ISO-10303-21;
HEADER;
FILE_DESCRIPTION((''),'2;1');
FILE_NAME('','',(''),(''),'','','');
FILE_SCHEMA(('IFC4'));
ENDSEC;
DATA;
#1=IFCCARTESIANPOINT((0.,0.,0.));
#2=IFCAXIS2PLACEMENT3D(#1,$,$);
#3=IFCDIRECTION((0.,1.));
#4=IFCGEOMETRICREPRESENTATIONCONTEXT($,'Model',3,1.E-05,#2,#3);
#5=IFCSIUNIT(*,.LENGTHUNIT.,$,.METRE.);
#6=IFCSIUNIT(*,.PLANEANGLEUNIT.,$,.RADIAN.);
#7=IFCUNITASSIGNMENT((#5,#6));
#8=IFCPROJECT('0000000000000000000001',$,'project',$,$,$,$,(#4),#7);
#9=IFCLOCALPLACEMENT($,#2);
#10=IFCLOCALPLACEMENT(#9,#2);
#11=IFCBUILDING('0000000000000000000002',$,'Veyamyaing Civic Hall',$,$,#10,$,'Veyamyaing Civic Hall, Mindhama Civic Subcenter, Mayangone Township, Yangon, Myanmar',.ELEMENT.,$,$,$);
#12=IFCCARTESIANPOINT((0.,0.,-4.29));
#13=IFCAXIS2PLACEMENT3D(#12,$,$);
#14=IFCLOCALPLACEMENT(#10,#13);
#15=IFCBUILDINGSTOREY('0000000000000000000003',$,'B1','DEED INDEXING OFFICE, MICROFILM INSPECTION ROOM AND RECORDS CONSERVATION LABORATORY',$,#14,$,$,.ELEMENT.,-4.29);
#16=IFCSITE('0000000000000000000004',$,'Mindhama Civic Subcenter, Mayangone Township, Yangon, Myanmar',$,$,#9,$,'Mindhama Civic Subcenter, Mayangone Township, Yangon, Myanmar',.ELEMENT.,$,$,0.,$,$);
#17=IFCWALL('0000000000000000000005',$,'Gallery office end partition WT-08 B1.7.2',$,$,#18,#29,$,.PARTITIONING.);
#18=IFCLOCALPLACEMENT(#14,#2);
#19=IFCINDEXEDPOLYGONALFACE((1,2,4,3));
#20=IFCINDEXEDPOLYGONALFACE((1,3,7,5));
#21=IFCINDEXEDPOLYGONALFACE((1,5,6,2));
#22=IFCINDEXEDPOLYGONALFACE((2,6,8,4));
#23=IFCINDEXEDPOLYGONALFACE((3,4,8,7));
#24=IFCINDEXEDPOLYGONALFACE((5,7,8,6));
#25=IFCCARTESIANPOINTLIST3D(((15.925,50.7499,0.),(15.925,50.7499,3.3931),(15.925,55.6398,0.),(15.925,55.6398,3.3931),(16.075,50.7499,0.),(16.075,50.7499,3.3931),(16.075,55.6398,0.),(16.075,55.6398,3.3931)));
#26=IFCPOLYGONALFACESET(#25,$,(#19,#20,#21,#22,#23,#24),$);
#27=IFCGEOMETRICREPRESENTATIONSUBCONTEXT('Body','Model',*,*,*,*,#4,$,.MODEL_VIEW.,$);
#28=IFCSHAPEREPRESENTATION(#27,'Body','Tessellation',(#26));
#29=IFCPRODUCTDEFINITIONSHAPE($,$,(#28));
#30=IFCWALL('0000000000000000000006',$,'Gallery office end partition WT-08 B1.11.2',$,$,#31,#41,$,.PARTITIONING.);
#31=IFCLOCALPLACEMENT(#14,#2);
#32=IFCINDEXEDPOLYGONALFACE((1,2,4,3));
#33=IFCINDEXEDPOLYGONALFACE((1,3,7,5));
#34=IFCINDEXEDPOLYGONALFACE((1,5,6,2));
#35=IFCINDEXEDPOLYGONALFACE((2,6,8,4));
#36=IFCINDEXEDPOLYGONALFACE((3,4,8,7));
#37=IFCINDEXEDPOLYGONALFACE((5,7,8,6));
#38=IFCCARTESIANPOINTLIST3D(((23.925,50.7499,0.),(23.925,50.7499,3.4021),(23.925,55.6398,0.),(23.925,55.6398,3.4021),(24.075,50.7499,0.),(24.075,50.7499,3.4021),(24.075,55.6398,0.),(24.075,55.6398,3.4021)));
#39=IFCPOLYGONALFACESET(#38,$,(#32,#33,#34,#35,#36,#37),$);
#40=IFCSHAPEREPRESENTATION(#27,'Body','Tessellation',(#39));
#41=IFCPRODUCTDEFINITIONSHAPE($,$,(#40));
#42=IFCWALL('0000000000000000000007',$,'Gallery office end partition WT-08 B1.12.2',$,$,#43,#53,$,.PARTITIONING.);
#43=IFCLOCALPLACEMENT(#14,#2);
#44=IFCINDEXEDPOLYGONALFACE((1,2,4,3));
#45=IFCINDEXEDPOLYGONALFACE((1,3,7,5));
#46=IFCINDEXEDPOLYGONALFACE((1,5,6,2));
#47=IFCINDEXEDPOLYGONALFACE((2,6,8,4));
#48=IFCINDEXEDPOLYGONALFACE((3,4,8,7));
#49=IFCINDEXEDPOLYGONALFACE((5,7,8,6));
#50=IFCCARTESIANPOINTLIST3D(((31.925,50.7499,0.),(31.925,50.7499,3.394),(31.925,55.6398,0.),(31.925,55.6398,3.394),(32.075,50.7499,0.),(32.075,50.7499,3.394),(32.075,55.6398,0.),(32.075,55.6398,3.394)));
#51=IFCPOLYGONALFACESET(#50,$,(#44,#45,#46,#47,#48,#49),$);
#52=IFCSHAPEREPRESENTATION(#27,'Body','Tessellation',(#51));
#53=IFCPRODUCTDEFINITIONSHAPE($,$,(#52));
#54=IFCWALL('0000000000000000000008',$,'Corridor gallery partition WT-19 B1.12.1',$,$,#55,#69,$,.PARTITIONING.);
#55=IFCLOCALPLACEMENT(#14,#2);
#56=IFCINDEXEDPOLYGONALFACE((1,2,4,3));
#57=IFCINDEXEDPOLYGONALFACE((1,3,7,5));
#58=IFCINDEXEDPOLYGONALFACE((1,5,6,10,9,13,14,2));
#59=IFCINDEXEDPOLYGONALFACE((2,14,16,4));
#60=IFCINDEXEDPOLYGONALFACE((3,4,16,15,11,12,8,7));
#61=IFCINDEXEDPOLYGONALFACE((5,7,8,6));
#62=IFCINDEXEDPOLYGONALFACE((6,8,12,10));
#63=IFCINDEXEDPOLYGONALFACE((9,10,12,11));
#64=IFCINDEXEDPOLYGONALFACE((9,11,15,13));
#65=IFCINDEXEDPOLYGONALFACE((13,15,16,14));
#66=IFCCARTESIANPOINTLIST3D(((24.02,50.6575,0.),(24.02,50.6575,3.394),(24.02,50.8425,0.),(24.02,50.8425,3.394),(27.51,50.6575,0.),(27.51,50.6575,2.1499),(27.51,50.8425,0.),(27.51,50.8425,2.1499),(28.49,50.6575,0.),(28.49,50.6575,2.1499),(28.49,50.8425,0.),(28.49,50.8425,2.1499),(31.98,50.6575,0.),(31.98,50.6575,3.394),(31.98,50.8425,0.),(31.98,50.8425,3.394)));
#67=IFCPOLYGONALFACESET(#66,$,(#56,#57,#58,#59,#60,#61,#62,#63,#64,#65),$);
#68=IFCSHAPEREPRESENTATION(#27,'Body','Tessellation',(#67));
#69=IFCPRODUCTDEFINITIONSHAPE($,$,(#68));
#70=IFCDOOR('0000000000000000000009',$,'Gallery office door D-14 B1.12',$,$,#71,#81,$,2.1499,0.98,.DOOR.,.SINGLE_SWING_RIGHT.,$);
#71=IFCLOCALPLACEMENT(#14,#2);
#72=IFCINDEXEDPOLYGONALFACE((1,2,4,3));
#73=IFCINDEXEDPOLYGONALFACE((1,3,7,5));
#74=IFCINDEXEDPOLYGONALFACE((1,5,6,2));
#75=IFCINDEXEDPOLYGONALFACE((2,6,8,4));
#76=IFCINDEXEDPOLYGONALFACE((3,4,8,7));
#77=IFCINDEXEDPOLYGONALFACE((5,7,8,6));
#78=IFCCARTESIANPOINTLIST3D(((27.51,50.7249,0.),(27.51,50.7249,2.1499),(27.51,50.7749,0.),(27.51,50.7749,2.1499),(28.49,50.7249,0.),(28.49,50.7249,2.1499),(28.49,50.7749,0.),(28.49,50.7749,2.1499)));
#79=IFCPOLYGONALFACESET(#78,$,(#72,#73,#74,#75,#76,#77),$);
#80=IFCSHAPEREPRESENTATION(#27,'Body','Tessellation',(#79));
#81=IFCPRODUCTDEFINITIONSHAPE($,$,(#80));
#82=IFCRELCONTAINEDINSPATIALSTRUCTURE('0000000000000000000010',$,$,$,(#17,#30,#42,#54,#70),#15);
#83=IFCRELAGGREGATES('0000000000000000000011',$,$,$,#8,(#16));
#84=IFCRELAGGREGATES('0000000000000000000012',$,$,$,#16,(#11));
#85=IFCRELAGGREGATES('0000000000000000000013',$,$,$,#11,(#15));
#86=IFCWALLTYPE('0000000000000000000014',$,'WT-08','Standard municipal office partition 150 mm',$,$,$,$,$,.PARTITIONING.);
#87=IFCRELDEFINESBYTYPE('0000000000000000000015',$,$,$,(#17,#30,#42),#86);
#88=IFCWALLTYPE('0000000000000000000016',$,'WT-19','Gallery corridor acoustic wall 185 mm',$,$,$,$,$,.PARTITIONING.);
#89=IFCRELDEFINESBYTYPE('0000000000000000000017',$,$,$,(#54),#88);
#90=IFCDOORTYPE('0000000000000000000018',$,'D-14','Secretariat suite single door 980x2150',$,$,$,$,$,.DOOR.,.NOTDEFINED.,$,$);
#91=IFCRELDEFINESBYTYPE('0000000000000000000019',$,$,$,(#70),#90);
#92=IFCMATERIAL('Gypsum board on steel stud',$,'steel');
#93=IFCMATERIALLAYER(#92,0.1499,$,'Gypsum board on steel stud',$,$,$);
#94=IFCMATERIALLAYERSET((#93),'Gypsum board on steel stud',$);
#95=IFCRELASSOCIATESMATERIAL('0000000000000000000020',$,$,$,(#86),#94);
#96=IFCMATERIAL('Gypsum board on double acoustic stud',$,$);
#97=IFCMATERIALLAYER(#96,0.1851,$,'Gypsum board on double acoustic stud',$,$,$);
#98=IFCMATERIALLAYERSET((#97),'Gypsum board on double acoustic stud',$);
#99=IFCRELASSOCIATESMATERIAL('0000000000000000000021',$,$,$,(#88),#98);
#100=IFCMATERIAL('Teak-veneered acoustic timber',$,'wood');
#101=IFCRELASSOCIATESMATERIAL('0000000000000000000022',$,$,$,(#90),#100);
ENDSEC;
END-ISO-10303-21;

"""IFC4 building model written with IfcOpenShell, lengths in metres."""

from ifc_helpers import new_model, si_unit, direction, frame, frame_2d, origin, place, context, subcontext, project, spatial, rectangle, extrude, material, layer, layer_set, type_object, element, fill, save


model = new_model("IFC4")

# Units and contexts
model_context = context("Model", 3, precision=1e-05, world=origin(), true_north=direction((0.0, 1.0)))
body_context = subcontext(model_context, "Body", "Model", "MODEL_VIEW")
ifc_project = project(units=[si_unit("LENGTHUNIT", "METRE"), si_unit("PLANEANGLEUNIT", "RADIAN")], contexts=[model_context])

# Site, building, storey
site_placement = place(None, origin())
site = spatial("IfcSite", under=ifc_project, at=site_placement, Name="Mindhama Civic Subcenter, Mayangone Township, Yangon, Myanmar", LongName="Mindhama Civic Subcenter, Mayangone Township, Yangon, Myanmar", CompositionType="ELEMENT", RefElevation=0.0)
building_placement = place(site_placement, origin())
building = spatial("IfcBuilding", under=site, at=building_placement, Name="Veyamyaing Civic Hall", LongName="Veyamyaing Civic Hall, Mindhama Civic Subcenter, Mayangone Township, Yangon, Myanmar", CompositionType="ELEMENT")
storey_placement = place(building_placement, frame((0.0, 0.0, -4.29)))
storey = spatial("IfcBuildingStorey", under=building, at=storey_placement, Name="B1", Description="DEED INDEXING OFFICE, MICROFILM INSPECTION ROOM AND RECORDS CONSERVATION LABORATORY", CompositionType="ELEMENT", Elevation=-4.29)

# Shared definitions
ifc_material_1 = material(Name="Teak-veneered acoustic timber", Category="wood")

# Walls
ifc_material_2 = material(Name="Gypsum board on steel stud", Category="steel")
ifc_layer_1 = layer(ifc_material_2, 0.1499, Name="Gypsum board on steel stud")
ifc_layer_set_1 = layer_set([ifc_layer_1], Name="Gypsum board on steel stud")
wall_type_1 = type_object("IfcWallType", Name="WT-08", Description="Standard municipal office partition 150 mm", PredefinedType="PARTITIONING", material=ifc_layer_set_1)
wall_1_placement = place(storey_placement, frame((16.0, 50.75, 0.0), z_axis=(0.0, 0.0, 1.0), x_axis=(0.0, 1.0, 0.0)))
element("IfcWall", 1, at=wall_1_placement, inside=storey, type_object=wall_type_1, Name="Gallery office end partition WT-08 B1.7.2", PredefinedType="PARTITIONING", context=body_context, shape_type="SweptSolid", body=[
    extrude(rectangle(XDim=4.8899, YDim=0.1499, at=frame_2d((2.4448, 0.0))), origin(), (0.0, 0.0, 1.0), 3.3931),
])
wall_2_placement = place(storey_placement, frame((24.0, 50.75, 0.0), z_axis=(0.0, 0.0, 1.0), x_axis=(0.0, 1.0, 0.0)))
element("IfcWall", 2, at=wall_2_placement, inside=storey, type_object=wall_type_1, Name="Gallery office end partition WT-08 B1.11.2", PredefinedType="PARTITIONING", context=body_context, shape_type="SweptSolid", body=[
    extrude(rectangle(XDim=4.8899, YDim=0.1499, at=frame_2d((2.4448, 0.0))), origin(), (0.0, 0.0, 1.0), 3.4021),
])
wall_3_placement = place(storey_placement, frame((32.0, 50.75, 0.0), z_axis=(0.0, 0.0, 1.0), x_axis=(0.0, 1.0, 0.0)))
element("IfcWall", 3, at=wall_3_placement, inside=storey, type_object=wall_type_1, Name="Gallery office end partition WT-08 B1.12.2", PredefinedType="PARTITIONING", context=body_context, shape_type="SweptSolid", body=[
    extrude(rectangle(XDim=4.8899, YDim=0.1499, at=frame_2d((2.4448, 0.0))), origin(), (0.0, 0.0, 1.0), 3.394),
])

# Wall, opening, door
ifc_material_3 = material(Name="Gypsum board on double acoustic stud")
ifc_layer_2 = layer(ifc_material_3, 0.1851, Name="Gypsum board on double acoustic stud")
ifc_layer_set_2 = layer_set([ifc_layer_2], Name="Gypsum board on double acoustic stud")
wall_type_2 = type_object("IfcWallType", Name="WT-19", Description="Gallery corridor acoustic wall 185 mm", PredefinedType="PARTITIONING", material=ifc_layer_set_2)
wall_4_placement = place(storey_placement, frame((24.02, 50.75, 0.0), z_axis=(0.0, 0.0, 1.0), x_axis=(1.0, 0.0, 0.0)))
wall_4 = element("IfcWall", 4, at=wall_4_placement, inside=storey, type_object=wall_type_2, Name="Corridor gallery partition WT-19 B1.12.1", PredefinedType="PARTITIONING", context=body_context, shape_type="SweptSolid", body=[
    extrude(rectangle(XDim=7.96, YDim=0.1851, at=frame_2d((3.98, 0.0))), origin(), (0.0, 0.0, 1.0), 3.394),
])
opening_1_placement = place(wall_4_placement, frame((3.49, 0.0, 0.0)))
opening_1 = element("IfcOpeningElement", 5, at=opening_1_placement, cuts=wall_4, PredefinedType="OPENING", context=body_context, shape_type="SweptSolid", body=[
    extrude(rectangle(XDim=0.98, YDim=2.1499, at=frame_2d((0.49, 1.075))), frame((0.0, 0.1025, 0.0), z_axis=(0.0, -1.0, 0.0), x_axis=(1.0, 0.0, 0.0)), (0.0, 0.0, 1.0), 0.2051),
])
door_type_1 = type_object("IfcDoorType", Name="D-14", Description="Secretariat suite single door 980x2150", OperationType="NOTDEFINED", PredefinedType="DOOR", material=ifc_material_1)
door_1_placement = place(opening_1_placement, origin())
door_1 = element("IfcDoor", 6, at=door_1_placement, inside=storey, type_object=door_type_1, Name="Gallery office door D-14 B1.12", OperationType="SINGLE_SWING_RIGHT", OverallHeight=2.1499, OverallWidth=0.98, PredefinedType="DOOR", context=body_context, shape_type="SweptSolid", body=[
    extrude(rectangle(XDim=0.98, YDim=2.1499, at=frame_2d((0.49, 1.075))), frame((0.0, 0.0249, 0.0), z_axis=(0.0, -1.0, 0.0), x_axis=(1.0, 0.0, 0.0)), (0.0, 0.0, 1.0), 0.05),
])
fill(opening_1, door_1)

save(model, "model.ifc")
